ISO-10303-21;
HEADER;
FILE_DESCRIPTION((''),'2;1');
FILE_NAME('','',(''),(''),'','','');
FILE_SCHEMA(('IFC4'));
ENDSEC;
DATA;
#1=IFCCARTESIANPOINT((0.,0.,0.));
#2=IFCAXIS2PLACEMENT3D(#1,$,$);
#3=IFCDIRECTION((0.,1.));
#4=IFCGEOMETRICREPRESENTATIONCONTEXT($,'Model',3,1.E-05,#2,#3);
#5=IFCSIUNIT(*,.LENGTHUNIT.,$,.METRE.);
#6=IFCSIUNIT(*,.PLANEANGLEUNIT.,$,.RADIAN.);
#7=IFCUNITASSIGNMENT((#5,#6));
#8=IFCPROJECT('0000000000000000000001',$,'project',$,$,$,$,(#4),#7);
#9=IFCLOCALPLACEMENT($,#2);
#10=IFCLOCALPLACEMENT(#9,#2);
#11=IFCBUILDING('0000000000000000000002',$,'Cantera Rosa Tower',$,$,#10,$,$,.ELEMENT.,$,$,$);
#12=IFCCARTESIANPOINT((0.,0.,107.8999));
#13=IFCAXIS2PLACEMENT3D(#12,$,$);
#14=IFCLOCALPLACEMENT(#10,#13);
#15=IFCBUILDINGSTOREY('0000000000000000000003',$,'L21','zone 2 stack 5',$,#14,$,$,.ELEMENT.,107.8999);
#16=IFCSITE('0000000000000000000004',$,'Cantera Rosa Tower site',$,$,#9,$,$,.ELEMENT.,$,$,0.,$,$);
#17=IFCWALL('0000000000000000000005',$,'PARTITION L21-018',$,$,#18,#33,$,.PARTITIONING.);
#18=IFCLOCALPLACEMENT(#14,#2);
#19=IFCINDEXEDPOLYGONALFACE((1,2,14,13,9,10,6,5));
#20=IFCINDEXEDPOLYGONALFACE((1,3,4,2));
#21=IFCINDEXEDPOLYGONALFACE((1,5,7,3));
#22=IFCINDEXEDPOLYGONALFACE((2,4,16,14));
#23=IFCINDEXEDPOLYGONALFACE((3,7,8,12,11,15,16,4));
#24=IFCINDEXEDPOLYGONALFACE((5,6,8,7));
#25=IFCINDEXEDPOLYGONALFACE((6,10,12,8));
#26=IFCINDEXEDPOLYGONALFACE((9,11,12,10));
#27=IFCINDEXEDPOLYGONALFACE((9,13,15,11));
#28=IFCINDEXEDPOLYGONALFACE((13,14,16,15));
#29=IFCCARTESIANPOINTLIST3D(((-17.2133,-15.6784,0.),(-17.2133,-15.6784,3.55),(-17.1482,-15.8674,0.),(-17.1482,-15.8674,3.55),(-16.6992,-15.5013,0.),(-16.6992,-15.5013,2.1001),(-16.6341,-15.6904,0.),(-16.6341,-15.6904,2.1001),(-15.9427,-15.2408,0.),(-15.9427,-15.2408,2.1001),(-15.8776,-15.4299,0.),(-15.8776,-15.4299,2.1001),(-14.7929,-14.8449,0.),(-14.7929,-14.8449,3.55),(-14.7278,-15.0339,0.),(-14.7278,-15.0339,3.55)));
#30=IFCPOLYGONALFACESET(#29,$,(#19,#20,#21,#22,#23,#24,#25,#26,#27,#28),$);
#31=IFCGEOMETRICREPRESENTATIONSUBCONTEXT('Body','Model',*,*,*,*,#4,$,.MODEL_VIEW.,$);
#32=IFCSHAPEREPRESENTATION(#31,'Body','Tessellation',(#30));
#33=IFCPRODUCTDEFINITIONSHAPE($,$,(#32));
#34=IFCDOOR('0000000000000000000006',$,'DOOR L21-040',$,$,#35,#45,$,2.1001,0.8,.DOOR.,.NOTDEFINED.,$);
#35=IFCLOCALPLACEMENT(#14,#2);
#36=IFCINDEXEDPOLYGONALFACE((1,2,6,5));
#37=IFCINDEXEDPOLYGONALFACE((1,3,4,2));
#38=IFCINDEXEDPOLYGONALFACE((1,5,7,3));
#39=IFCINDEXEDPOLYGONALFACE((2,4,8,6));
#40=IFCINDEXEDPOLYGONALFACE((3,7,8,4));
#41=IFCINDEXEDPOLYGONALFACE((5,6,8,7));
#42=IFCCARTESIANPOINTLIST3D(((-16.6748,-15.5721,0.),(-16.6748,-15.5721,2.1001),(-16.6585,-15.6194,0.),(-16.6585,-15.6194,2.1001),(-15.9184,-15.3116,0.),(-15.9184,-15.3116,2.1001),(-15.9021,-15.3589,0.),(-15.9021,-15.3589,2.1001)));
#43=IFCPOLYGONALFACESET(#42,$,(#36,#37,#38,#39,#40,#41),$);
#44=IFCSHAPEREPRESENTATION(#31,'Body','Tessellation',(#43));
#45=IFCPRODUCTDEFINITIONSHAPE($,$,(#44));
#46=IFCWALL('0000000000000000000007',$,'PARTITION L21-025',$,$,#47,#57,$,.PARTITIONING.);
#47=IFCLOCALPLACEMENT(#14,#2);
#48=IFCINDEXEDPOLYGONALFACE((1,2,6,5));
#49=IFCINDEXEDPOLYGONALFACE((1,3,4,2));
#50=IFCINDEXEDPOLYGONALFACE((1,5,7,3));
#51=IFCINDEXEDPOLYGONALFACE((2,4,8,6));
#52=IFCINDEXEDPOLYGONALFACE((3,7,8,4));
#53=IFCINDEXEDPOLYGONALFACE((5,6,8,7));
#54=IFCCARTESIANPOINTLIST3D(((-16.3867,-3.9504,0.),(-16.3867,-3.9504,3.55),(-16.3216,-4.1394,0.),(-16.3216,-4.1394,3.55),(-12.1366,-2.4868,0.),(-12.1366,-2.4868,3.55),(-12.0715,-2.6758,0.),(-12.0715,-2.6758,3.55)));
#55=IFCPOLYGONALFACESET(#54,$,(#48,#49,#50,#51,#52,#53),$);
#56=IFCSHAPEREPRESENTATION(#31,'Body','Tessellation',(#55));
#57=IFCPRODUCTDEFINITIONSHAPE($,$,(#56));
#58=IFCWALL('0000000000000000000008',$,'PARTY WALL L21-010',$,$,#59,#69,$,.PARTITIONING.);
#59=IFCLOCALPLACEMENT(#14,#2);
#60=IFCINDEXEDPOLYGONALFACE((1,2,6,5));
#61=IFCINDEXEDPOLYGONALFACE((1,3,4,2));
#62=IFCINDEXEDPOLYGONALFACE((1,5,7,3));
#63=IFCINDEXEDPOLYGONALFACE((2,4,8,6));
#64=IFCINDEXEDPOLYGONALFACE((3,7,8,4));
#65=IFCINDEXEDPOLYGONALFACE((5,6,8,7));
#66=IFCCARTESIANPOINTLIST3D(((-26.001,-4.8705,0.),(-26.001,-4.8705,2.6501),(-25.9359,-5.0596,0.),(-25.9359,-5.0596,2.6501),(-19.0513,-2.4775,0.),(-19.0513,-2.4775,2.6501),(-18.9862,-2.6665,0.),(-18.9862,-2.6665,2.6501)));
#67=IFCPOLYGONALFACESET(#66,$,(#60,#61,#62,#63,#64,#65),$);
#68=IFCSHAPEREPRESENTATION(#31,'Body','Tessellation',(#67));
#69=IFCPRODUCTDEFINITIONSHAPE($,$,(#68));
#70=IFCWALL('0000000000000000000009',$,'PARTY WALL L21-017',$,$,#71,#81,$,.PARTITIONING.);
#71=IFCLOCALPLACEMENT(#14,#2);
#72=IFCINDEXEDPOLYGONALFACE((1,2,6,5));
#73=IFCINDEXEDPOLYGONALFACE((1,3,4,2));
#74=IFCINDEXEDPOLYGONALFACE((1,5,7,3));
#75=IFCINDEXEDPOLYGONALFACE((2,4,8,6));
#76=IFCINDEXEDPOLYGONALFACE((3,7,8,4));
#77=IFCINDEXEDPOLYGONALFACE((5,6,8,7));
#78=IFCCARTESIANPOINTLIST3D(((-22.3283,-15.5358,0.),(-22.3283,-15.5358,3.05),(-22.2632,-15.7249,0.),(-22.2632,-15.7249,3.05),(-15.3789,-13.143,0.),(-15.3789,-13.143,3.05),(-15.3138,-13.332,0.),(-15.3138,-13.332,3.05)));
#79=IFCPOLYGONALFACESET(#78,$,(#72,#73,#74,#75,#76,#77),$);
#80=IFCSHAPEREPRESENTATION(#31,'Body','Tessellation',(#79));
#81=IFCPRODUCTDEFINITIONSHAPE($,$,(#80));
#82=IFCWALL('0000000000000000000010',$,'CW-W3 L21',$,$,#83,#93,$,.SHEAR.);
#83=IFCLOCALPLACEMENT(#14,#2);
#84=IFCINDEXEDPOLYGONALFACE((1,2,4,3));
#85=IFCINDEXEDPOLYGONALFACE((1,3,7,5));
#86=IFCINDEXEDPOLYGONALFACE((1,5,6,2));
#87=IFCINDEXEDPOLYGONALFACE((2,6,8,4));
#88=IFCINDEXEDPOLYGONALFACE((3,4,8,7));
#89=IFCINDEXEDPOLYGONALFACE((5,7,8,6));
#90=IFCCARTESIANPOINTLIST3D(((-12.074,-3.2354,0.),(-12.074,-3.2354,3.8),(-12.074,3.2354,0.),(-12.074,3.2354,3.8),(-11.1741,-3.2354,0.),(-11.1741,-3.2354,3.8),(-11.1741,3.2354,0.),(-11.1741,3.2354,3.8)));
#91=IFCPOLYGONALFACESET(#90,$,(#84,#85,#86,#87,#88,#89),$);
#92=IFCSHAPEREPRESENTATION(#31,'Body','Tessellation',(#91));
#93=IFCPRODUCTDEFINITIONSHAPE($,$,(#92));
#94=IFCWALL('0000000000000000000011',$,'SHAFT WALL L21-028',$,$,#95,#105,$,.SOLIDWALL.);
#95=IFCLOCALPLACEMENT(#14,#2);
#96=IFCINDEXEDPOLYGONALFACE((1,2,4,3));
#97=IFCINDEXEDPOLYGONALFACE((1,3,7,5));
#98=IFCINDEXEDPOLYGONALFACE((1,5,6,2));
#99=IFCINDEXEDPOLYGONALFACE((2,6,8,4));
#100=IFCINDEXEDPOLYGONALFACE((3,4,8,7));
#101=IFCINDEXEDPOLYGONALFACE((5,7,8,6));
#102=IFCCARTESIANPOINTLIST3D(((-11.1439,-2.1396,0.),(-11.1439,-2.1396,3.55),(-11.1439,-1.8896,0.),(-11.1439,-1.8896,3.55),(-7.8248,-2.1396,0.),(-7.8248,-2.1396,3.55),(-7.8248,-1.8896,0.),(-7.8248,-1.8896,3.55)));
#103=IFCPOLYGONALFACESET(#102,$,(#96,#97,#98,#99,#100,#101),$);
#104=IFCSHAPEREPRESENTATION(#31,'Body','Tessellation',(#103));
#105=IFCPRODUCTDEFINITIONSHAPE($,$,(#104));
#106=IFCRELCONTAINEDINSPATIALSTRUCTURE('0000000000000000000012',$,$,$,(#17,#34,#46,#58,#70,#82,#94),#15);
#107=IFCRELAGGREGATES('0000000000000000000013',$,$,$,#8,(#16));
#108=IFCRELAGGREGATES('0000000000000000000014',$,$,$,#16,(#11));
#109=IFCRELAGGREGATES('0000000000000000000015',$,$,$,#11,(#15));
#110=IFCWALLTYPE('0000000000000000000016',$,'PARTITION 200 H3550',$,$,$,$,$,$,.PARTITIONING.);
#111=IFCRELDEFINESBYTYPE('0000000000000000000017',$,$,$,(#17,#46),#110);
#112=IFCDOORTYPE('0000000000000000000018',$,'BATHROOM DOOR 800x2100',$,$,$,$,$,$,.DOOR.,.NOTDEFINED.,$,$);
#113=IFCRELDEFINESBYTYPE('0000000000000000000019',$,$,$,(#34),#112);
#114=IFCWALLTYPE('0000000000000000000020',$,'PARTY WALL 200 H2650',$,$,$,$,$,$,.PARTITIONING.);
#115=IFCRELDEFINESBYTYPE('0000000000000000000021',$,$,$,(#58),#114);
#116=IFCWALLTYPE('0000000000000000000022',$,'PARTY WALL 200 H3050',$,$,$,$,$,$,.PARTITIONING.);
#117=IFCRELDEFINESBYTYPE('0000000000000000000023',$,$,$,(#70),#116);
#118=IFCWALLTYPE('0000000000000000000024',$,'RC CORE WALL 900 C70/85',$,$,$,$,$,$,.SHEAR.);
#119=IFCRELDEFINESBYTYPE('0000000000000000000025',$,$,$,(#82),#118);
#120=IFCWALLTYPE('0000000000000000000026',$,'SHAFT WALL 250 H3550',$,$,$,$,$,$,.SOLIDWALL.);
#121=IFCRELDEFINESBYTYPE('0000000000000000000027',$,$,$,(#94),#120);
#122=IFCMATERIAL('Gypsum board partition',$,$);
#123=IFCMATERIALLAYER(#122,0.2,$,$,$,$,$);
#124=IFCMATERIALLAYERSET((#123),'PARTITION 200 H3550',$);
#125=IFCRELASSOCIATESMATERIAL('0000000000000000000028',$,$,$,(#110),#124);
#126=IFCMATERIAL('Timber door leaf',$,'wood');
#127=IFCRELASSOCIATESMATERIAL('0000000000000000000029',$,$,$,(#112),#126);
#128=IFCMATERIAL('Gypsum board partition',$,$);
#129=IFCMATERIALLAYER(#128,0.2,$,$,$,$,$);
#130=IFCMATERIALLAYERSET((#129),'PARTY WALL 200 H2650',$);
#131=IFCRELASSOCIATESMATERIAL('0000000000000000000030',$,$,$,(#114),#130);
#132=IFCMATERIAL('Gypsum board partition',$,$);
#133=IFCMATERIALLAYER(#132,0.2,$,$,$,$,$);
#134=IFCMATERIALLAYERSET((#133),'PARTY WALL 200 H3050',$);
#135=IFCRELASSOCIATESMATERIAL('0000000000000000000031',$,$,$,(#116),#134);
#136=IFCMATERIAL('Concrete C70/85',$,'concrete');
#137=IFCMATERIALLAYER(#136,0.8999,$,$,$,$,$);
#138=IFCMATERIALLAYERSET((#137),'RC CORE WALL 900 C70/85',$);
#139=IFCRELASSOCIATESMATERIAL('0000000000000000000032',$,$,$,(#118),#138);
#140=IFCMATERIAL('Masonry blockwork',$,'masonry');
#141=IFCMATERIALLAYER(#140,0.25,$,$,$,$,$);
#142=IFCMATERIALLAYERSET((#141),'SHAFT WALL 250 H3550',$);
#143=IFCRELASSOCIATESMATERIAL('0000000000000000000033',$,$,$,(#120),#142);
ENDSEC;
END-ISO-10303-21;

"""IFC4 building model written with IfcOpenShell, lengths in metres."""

from ifc_helpers import new_model, si_unit, direction, frame, frame_2d, origin, place, context, subcontext, project, spatial, rectangle, extrude, material, layer, layer_set, type_object, element, fill, save


model = new_model("IFC4")

# Units and contexts
model_context = context("Model", 3, precision=1e-05, world=origin(), true_north=direction((0.0, 1.0)))
body_context = subcontext(model_context, "Body", "Model", "MODEL_VIEW")
ifc_project = project(units=[si_unit("LENGTHUNIT", "METRE"), si_unit("PLANEANGLEUNIT", "RADIAN")], contexts=[model_context])

# Site, building, storey
site_placement = place(None, origin())
site = spatial("IfcSite", under=ifc_project, at=site_placement, Name="Cantera Rosa Tower site", CompositionType="ELEMENT", RefElevation=0.0)
building_placement = place(site_placement, origin())
building = spatial("IfcBuilding", under=site, at=building_placement, Name="Cantera Rosa Tower", CompositionType="ELEMENT")
storey_placement = place(building_placement, frame((0.0, 0.0, 107.8999)))
storey = spatial("IfcBuildingStorey", under=building, at=storey_placement, Name="L21", Description="zone 2 stack 5", CompositionType="ELEMENT", Elevation=107.8999)

# Shared definitions
ifc_material_1 = material(Name="Gypsum board partition")
ifc_layer_1 = layer(ifc_material_1, 0.2)
ifc_layer_set_1 = layer_set([ifc_layer_1], Name="PARTITION 200 H3550")
wall_type_1 = type_object("IfcWallType", Name="PARTITION 200 H3550", PredefinedType="PARTITIONING", material=ifc_layer_set_1)
ifc_material_2 = material(Name="Timber door leaf", Category="wood")
door_type_1 = type_object("IfcDoorType", Name="BATHROOM DOOR 800x2100", OperationType="NOTDEFINED", PredefinedType="DOOR", material=ifc_material_2)

# Wall, opening, door
wall_1_placement = place(storey_placement, frame((-14.7605, -14.9395, 0.0), z_axis=(0.0, 0.0, 1.0), x_axis=(-0.945509, -0.325597, 0.0)))
wall_1 = element("IfcWall", 1, at=wall_1_placement, inside=storey, type_object=wall_type_1, Name="PARTITION L21-018", PredefinedType="PARTITIONING", context=body_context, shape_type="SweptSolid", body=[
    extrude(rectangle(XDim=2.5598, YDim=0.2, at=frame_2d((1.2798, 0.0))), origin(), (0.0, 0.0, 1.0), 3.55),
])
opening_1_placement = place(wall_1_placement, frame((1.2161, 0.0, 0.0)))
opening_1 = element("IfcOpeningElement", 2, at=opening_1_placement, cuts=wall_1, PredefinedType="OPENING", context=body_context, shape_type="SweptSolid", body=[
    extrude(rectangle(XDim=0.8, YDim=2.1001, at=frame_2d((0.3999, 1.05))), frame((0.0, 0.1099, 0.0), z_axis=(0.0, -1.0, 0.0), x_axis=(1.0, 0.0, 0.0)), (0.0, 0.0, 1.0), 0.22),
])
door_1_placement = place(opening_1_placement, origin())
door_1 = element("IfcDoor", 3, at=door_1_placement, inside=storey, type_object=door_type_1, Name="DOOR L21-040", OperationType="NOTDEFINED", OverallHeight=2.1001, OverallWidth=0.8, PredefinedType="DOOR", context=body_context, shape_type="SweptSolid", body=[
    extrude(rectangle(XDim=0.8, YDim=2.1001, at=frame_2d((0.3999, 1.05))), frame((0.0, 0.0249, 0.0), z_axis=(0.0, -1.0, 0.0), x_axis=(1.0, 0.0, 0.0)), (0.0, 0.0, 1.0), 0.05),
])
fill(opening_1, door_1)

# Walls
wall_2_placement = place(storey_placement, frame((-12.104, -2.5813, 0.0), z_axis=(0.0, 0.0, 1.0), x_axis=(-0.945509, -0.325597, 0.0)))
element("IfcWall", 4, at=wall_2_placement, inside=storey, type_object=wall_type_1, Name="PARTITION L21-025", PredefinedType="PARTITIONING", context=body_context, shape_type="SweptSolid", body=[
    extrude(rectangle(XDim=4.4951, YDim=0.2, at=frame_2d((2.2476, 0.0))), origin(), (0.0, 0.0, 1.0), 3.55),
])
ifc_material_3 = material(Name="Gypsum board partition")
ifc_layer_2 = layer(ifc_material_3, 0.2)
ifc_layer_set_2 = layer_set([ifc_layer_2], Name="PARTY WALL 200 H2650")
wall_type_2 = type_object("IfcWallType", Name="PARTY WALL 200 H2650", PredefinedType="PARTITIONING", material=ifc_layer_set_2)
wall_3_placement = place(storey_placement, frame((-19.0188, -2.572, 0.0), z_axis=(0.0, 0.0, 1.0), x_axis=(-0.945515, -0.325579, 0.0)))
element("IfcWall", 5, at=wall_3_placement, inside=storey, type_object=wall_type_2, Name="PARTY WALL L21-010", PredefinedType="PARTITIONING", context=body_context, shape_type="SweptSolid", body=[
    extrude(rectangle(XDim=7.3501, YDim=0.2, at=frame_2d((3.675, 0.0))), origin(), (0.0, 0.0, 1.0), 2.6501),
])
ifc_material_4 = material(Name="Gypsum board partition")
ifc_layer_3 = layer(ifc_material_4, 0.2)
ifc_layer_set_3 = layer_set([ifc_layer_3], Name="PARTY WALL 200 H3050")
wall_type_3 = type_object("IfcWallType", Name="PARTY WALL 200 H3050", PredefinedType="PARTITIONING", material=ifc_layer_set_3)
wall_4_placement = place(storey_placement, frame((-15.3464, -13.2375, 0.0), z_axis=(0.0, 0.0, 1.0), x_axis=(-0.945521, -0.32556, 0.0)))
element("IfcWall", 6, at=wall_4_placement, inside=storey, type_object=wall_type_3, Name="PARTY WALL L21-017", PredefinedType="PARTITIONING", context=body_context, shape_type="SweptSolid", body=[
    extrude(rectangle(XDim=7.3499, YDim=0.2, at=frame_2d((3.6748, 0.0))), origin(), (0.0, 0.0, 1.0), 3.05),
])
ifc_material_5 = material(Name="Concrete C70/85", Category="concrete")
ifc_layer_4 = layer(ifc_material_5, 0.8999)
ifc_layer_set_4 = layer_set([ifc_layer_4], Name="RC CORE WALL 900 C70/85")
wall_type_4 = type_object("IfcWallType", Name="RC CORE WALL 900 C70/85", PredefinedType="SHEAR", material=ifc_layer_set_4)
wall_5_placement = place(storey_placement, frame((-11.624, -3.2354, 0.0), z_axis=(0.0, 0.0, 1.0), x_axis=(0.0, 1.0, 0.0)))
element("IfcWall", 7, at=wall_5_placement, inside=storey, type_object=wall_type_4, Name="CW-W3 L21", PredefinedType="SHEAR", context=body_context, shape_type="SweptSolid", body=[
    extrude(rectangle(XDim=6.4707, YDim=0.8999, at=frame_2d((3.2354, 0.0))), origin(), (0.0, 0.0, 1.0), 3.8),
])
ifc_material_6 = material(Name="Masonry blockwork", Category="masonry")
ifc_layer_5 = layer(ifc_material_6, 0.25)
ifc_layer_set_5 = layer_set([ifc_layer_5], Name="SHAFT WALL 250 H3550")
wall_type_5 = type_object("IfcWallType", Name="SHAFT WALL 250 H3550", PredefinedType="SOLIDWALL", material=ifc_layer_set_5)
wall_6_placement = place(storey_placement, frame((-11.144, -2.0146, 0.0), z_axis=(0.0, 0.0, 1.0), x_axis=(1.0, 0.0, 0.0)))
element("IfcWall", 8, at=wall_6_placement, inside=storey, type_object=wall_type_5, Name="SHAFT WALL L21-028", PredefinedType="SOLIDWALL", context=body_context, shape_type="SweptSolid", body=[
    extrude(rectangle(XDim=3.3191, YDim=0.25, at=frame_2d((1.6597, 0.0))), origin(), (0.0, 0.0, 1.0), 3.55),
])

save(model, "model.ifc")
